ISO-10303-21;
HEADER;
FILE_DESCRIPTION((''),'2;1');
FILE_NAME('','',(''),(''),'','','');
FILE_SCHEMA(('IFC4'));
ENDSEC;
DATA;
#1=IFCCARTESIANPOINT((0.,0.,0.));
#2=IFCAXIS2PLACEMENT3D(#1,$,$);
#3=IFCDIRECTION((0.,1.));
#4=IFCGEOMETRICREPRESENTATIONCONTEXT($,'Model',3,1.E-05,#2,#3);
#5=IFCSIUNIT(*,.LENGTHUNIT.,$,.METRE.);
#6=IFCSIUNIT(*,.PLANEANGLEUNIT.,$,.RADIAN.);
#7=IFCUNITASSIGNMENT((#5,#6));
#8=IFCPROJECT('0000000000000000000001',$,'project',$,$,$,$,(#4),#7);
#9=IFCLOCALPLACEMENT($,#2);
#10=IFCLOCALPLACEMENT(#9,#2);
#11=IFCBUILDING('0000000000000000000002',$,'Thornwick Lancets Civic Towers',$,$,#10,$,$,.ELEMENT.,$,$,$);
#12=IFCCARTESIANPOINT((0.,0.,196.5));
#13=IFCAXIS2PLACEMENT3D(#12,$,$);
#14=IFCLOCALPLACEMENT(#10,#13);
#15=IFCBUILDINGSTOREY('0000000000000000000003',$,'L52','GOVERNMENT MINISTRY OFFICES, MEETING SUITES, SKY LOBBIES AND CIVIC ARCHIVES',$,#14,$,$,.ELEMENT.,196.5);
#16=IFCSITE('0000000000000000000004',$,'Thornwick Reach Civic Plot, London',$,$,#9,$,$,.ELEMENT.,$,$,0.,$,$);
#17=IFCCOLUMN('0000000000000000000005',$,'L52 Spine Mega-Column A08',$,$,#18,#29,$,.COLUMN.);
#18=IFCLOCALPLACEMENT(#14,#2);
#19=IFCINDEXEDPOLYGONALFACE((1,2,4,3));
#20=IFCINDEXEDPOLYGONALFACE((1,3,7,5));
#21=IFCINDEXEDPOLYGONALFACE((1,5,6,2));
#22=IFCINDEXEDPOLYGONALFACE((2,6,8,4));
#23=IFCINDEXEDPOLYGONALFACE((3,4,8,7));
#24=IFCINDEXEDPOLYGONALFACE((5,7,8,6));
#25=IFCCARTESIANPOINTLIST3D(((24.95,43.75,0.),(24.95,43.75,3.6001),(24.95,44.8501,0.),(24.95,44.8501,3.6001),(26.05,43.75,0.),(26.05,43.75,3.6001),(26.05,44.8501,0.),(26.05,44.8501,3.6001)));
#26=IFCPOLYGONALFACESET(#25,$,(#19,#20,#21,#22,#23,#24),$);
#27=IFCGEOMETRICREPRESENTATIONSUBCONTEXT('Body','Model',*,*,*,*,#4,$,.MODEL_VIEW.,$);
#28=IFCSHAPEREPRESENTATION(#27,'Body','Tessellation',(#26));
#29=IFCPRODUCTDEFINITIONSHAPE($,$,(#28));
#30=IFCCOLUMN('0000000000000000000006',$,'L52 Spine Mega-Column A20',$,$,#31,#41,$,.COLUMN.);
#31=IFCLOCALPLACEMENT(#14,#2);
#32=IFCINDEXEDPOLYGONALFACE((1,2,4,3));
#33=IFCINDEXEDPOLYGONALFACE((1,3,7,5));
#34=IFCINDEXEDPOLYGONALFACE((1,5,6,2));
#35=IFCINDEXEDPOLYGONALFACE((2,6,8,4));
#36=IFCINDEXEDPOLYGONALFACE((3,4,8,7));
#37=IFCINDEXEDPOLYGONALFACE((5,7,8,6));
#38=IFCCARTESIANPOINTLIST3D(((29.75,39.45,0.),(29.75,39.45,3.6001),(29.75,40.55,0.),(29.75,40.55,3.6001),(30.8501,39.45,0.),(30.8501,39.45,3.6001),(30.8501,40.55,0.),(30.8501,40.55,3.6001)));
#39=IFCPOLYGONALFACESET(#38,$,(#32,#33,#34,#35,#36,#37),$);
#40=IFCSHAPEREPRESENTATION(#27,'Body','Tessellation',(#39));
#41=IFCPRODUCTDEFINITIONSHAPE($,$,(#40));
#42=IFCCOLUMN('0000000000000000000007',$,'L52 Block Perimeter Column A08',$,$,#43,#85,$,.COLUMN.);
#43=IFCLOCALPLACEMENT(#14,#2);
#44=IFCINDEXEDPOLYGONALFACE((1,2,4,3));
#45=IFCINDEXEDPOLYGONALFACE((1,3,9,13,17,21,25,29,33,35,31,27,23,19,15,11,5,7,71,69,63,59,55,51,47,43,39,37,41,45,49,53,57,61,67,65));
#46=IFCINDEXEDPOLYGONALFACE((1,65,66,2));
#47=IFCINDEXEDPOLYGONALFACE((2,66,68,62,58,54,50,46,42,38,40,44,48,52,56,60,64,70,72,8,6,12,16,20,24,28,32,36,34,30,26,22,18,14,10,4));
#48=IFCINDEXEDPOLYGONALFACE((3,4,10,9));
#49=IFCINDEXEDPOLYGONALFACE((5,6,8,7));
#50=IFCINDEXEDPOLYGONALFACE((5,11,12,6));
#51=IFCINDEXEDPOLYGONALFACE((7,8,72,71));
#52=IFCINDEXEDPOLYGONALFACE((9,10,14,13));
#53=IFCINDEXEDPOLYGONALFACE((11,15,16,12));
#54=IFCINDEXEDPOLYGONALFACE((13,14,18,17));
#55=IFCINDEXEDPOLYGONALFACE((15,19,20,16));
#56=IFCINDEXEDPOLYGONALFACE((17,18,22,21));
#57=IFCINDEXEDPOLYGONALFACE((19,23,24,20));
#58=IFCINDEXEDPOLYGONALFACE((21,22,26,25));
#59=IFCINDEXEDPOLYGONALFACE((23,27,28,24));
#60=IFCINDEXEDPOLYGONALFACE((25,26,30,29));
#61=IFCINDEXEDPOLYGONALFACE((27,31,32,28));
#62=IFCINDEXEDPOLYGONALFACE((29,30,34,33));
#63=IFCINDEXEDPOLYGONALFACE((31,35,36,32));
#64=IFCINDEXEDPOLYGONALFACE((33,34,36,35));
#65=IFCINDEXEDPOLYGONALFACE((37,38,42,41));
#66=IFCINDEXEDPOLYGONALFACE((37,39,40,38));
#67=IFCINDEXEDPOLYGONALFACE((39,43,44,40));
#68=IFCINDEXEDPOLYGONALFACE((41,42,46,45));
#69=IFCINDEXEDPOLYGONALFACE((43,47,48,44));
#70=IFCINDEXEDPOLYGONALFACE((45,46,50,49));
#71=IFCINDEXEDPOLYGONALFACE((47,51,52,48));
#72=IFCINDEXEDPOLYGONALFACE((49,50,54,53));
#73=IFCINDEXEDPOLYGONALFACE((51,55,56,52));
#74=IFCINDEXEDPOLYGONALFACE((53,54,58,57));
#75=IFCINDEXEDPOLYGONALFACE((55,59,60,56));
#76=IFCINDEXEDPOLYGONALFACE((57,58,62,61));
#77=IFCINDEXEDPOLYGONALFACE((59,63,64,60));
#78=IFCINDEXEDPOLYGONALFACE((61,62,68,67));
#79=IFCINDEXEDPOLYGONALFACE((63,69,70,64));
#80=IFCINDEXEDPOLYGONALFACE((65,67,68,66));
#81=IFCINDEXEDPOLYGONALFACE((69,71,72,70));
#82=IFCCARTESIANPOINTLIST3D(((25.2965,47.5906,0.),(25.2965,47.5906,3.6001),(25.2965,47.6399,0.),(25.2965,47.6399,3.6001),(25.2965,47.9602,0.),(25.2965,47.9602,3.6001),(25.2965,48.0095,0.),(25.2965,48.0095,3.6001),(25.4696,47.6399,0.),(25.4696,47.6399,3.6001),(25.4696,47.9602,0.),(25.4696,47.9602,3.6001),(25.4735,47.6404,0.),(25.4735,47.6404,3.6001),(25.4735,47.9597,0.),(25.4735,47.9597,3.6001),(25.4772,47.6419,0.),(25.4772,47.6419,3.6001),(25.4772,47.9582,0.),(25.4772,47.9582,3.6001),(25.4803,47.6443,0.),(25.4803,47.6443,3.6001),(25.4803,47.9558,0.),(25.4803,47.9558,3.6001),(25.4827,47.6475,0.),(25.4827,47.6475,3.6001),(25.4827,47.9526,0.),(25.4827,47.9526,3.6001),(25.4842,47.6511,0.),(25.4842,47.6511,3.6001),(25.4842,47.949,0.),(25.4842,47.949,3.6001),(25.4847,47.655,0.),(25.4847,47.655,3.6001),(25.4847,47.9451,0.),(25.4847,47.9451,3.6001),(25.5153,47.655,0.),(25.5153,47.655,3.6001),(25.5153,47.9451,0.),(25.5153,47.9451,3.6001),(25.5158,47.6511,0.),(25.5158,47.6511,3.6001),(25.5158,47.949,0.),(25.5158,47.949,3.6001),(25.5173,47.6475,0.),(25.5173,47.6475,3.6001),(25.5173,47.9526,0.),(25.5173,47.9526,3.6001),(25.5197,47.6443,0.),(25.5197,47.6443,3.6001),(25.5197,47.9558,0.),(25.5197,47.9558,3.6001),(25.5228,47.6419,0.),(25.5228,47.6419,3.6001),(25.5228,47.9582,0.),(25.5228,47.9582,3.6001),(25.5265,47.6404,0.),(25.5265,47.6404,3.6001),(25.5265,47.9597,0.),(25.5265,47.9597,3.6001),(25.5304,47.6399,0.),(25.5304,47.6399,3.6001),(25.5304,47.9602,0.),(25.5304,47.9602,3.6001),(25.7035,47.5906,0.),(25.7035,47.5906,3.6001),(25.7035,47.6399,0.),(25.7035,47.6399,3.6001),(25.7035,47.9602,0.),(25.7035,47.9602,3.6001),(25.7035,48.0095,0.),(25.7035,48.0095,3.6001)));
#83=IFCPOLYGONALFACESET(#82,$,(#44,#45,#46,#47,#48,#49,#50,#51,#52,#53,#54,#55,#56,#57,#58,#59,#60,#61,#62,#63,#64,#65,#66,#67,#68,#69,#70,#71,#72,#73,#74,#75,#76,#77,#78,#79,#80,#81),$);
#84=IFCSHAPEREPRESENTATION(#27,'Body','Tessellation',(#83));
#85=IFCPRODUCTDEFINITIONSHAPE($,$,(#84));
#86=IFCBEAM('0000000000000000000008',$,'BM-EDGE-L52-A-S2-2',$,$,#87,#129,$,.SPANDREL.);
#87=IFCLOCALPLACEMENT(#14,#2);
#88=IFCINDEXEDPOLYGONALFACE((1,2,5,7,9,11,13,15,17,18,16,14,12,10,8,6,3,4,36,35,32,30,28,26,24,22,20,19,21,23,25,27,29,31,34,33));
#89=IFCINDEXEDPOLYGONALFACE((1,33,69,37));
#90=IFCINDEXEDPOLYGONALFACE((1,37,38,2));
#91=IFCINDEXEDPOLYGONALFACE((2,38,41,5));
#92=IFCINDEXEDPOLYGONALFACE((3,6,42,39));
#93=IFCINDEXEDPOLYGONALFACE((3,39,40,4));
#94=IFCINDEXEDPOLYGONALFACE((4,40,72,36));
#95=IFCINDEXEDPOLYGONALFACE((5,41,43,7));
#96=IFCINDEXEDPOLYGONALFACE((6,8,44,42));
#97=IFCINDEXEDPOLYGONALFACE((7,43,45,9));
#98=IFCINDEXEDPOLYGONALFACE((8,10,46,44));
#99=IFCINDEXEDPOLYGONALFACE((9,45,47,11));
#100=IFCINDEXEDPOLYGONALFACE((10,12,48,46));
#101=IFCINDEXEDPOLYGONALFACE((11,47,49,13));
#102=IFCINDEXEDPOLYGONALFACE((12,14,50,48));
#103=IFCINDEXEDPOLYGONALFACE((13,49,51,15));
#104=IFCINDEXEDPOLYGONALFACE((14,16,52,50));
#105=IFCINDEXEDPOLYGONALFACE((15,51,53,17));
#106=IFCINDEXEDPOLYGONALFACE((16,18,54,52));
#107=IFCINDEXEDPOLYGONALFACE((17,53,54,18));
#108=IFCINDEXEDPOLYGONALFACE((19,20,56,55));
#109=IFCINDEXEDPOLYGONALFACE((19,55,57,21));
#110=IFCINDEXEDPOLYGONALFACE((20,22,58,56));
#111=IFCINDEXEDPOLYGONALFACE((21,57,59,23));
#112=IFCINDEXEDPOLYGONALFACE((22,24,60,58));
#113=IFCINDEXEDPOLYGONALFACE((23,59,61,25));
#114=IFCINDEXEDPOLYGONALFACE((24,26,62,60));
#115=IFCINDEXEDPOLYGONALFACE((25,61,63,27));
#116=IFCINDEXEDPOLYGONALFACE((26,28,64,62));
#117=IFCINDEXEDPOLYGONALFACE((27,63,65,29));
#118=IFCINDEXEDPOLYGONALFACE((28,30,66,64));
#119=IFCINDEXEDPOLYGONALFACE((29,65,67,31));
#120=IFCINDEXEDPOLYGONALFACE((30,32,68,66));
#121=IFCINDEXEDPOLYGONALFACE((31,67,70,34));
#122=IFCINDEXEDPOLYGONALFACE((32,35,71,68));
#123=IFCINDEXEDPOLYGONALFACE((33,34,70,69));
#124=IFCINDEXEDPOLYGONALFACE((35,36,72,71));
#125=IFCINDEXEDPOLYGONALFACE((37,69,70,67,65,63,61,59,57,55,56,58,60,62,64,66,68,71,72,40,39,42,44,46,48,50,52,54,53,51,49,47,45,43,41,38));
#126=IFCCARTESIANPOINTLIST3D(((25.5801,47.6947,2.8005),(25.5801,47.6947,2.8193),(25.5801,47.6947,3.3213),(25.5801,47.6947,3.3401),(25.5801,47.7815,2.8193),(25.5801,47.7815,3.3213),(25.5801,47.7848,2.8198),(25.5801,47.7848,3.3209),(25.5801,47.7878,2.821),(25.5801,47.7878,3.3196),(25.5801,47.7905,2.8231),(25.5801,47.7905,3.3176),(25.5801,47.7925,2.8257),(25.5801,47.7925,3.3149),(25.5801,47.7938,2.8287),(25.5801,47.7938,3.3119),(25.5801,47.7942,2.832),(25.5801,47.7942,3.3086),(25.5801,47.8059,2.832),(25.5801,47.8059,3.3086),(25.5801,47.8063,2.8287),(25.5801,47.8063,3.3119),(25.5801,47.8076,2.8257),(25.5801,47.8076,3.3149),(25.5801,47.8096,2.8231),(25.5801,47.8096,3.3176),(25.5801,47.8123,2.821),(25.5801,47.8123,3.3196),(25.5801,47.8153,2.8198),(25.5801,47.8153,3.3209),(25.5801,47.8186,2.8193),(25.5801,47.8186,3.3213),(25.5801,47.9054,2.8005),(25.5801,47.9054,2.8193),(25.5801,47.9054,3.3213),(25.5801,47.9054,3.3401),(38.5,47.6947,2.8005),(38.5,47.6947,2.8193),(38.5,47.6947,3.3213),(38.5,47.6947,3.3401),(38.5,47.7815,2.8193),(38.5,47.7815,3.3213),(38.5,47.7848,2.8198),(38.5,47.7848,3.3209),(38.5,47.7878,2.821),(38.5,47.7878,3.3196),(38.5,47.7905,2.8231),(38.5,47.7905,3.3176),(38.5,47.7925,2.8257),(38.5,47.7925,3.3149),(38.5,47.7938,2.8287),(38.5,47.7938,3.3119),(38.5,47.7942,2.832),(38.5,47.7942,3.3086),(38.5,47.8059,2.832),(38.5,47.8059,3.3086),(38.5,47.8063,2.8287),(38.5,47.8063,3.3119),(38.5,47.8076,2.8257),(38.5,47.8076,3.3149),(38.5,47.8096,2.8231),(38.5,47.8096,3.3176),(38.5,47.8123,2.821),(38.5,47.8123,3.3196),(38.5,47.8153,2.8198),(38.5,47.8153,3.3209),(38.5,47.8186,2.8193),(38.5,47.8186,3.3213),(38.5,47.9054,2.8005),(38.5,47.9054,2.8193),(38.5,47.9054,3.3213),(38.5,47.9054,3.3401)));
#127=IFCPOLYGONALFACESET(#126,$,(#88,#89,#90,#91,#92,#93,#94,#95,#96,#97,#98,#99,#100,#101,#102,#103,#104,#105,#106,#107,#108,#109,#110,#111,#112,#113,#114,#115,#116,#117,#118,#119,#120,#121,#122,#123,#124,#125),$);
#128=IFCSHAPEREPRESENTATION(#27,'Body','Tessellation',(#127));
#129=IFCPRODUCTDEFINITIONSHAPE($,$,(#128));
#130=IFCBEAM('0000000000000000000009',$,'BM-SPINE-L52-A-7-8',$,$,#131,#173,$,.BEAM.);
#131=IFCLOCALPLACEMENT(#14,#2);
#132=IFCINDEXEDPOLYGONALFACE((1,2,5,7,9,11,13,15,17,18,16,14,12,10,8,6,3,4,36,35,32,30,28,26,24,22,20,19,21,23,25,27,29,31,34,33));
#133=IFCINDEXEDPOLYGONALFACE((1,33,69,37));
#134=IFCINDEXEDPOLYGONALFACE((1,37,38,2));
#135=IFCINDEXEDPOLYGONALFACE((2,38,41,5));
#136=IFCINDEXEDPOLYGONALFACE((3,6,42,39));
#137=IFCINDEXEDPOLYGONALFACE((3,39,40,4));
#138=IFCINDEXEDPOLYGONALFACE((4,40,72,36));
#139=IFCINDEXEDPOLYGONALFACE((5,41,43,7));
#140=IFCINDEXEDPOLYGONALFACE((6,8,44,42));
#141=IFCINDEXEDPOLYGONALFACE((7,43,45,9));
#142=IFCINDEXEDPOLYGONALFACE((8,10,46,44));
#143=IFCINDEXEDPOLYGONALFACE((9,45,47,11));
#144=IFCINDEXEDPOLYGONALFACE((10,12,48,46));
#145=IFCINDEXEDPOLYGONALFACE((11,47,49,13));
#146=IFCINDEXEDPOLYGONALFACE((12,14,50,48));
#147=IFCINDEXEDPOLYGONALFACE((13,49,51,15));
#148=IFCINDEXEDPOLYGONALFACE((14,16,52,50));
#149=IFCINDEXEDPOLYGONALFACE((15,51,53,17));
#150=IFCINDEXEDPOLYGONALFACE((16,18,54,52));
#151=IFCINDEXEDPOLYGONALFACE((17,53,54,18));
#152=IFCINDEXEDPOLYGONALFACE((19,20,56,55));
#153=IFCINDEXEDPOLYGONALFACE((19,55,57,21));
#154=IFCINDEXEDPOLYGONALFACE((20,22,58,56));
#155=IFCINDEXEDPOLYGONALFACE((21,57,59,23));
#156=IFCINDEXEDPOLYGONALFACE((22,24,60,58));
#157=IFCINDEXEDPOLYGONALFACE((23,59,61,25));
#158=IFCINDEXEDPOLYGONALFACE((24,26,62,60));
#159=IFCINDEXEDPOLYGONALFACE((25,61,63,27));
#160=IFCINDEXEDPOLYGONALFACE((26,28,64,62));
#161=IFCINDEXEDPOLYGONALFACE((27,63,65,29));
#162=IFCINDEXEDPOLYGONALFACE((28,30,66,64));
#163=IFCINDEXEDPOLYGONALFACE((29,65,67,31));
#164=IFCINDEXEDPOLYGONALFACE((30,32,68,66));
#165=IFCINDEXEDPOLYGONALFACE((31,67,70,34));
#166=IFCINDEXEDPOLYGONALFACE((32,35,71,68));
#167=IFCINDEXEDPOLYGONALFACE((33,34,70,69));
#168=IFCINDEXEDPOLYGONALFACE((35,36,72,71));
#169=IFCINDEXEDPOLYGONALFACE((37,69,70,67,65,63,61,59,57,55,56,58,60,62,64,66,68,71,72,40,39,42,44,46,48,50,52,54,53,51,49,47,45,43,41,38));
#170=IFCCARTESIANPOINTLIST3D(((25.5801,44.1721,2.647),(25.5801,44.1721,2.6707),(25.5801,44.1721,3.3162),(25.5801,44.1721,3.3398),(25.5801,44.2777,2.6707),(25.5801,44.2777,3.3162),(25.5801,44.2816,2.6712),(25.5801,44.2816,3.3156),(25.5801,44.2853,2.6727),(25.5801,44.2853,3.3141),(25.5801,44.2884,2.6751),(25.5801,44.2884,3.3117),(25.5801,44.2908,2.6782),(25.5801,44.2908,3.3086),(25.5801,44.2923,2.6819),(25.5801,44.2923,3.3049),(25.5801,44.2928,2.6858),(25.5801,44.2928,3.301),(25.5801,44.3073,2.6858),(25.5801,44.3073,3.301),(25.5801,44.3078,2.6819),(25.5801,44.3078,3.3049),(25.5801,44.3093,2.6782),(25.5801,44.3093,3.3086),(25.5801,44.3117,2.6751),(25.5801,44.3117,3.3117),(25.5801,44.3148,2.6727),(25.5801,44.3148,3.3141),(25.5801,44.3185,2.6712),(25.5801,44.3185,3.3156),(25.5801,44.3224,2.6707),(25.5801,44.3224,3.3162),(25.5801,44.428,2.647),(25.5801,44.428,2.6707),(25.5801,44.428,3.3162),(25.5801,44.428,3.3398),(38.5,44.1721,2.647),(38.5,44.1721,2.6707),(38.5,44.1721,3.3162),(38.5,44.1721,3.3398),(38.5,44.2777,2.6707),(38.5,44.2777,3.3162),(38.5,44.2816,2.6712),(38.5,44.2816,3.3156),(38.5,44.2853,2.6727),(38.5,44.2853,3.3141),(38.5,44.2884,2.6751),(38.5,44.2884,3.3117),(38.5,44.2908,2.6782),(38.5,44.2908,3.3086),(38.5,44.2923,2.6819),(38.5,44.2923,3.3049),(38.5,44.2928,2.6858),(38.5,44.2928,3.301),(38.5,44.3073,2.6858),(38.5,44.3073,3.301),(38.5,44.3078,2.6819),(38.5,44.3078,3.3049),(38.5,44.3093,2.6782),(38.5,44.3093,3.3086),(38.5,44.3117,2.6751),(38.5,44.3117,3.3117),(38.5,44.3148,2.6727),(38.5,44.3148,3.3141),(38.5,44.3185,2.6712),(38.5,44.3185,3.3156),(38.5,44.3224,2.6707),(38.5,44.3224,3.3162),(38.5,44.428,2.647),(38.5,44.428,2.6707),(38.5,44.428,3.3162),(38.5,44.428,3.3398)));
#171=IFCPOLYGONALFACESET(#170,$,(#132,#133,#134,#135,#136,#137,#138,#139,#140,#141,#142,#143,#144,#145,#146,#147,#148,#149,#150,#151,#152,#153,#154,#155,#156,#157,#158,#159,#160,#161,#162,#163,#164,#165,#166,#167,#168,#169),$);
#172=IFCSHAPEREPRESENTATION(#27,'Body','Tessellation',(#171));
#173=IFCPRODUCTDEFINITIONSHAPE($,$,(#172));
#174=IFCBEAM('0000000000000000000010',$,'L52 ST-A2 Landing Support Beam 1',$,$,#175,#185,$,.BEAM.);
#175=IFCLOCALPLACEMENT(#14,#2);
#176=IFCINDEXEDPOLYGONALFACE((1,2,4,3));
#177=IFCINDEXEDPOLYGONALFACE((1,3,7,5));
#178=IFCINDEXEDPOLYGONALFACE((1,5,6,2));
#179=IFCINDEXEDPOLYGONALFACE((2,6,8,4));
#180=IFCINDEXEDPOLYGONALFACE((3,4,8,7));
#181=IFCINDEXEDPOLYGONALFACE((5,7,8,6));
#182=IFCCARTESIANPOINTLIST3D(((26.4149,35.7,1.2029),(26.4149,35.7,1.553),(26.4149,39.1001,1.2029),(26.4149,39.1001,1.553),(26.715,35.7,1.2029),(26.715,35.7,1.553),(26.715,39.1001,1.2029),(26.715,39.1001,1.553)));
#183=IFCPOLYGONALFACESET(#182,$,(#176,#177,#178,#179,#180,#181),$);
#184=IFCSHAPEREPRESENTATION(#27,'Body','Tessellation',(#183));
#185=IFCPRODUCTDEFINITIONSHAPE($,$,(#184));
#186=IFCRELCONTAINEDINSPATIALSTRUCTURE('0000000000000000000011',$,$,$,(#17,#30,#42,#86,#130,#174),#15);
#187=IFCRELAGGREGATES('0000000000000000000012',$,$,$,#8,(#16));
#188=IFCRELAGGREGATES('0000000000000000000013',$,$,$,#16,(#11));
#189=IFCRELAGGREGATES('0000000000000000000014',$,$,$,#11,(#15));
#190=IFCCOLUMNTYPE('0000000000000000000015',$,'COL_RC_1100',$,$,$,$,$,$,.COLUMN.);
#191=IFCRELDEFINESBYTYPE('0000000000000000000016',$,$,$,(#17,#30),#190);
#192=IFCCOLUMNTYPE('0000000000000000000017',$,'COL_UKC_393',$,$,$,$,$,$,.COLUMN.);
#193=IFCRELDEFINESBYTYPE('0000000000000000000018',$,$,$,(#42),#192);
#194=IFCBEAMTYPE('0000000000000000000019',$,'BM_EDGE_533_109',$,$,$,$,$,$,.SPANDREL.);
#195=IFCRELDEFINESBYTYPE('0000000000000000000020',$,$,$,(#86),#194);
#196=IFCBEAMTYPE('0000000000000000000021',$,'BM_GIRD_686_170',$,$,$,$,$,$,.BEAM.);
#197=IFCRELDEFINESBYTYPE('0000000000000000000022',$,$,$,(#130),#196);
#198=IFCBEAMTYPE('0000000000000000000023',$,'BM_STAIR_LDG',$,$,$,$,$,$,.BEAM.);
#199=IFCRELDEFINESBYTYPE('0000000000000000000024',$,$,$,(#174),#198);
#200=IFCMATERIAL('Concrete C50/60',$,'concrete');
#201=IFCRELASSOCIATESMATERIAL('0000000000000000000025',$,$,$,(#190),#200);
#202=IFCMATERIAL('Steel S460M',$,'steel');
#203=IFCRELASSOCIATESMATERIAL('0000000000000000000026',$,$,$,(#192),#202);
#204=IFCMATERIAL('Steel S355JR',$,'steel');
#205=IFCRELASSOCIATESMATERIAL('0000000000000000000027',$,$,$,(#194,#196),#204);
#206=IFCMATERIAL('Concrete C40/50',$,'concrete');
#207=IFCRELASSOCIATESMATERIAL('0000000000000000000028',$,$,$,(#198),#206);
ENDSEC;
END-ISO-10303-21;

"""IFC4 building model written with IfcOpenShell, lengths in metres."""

from ifc_helpers import new_model, si_unit, direction, frame, origin, origin_2d, place, context, subcontext, project, spatial, rectangle, i_section, extrude, material, material_profile, profile_set, type_object, element, save


model = new_model("IFC4")

# Units and contexts
model_context = context("Model", 3, precision=1e-05, world=origin(), true_north=direction((0.0, 1.0)))
body_context = subcontext(model_context, "Body", "Model", "MODEL_VIEW")
ifc_project = project(units=[si_unit("LENGTHUNIT", "METRE"), si_unit("PLANEANGLEUNIT", "RADIAN")], contexts=[model_context])

# Site, building, storey
site_placement = place(None, origin())
site = spatial("IfcSite", under=ifc_project, at=site_placement, Name="Thornwick Reach Civic Plot, London", CompositionType="ELEMENT", RefElevation=0.0)
building_placement = place(site_placement, origin())
building = spatial("IfcBuilding", under=site, at=building_placement, Name="Thornwick Lancets Civic Towers", CompositionType="ELEMENT")
storey_placement = place(building_placement, frame((0.0, 0.0, 196.5)))
storey = spatial("IfcBuildingStorey", under=building, at=storey_placement, Name="L52", Description="GOVERNMENT MINISTRY OFFICES, MEETING SUITES, SKY LOBBIES AND CIVIC ARCHIVES", CompositionType="ELEMENT", Elevation=196.5)

# Columns
ifc_material_1 = material(Name="Concrete C50/60", Category="concrete")
ifc_material_profile_1 = material_profile(ifc_material_1, rectangle(XDim=1.1001, YDim=1.1001, at=origin_2d()), Name="RC 1100x1100")
ifc_profile_set_1 = profile_set([ifc_material_profile_1], Name="Concrete C50/60")
column_type_1 = type_object("IfcColumnType", Name="COL_RC_1100", PredefinedType="COLUMN", material=ifc_profile_set_1)
for number, where, z_axis, x_axis, name in (
    (1, (25.5, 44.3, 0.0), (0.0, 0.0, 1.0), (1.0, 0.0, 0.0), "L52 Spine Mega-Column A08"),
    (2, (30.3, 40.0, 0.0), (0.0, 0.0, 1.0), (1.0, 0.0, 0.0), "L52 Spine Mega-Column A20"),
):
    element("IfcColumn", number, at=place(storey_placement, frame(where, z_axis=z_axis, x_axis=x_axis)), inside=storey, type_object=column_type_1, Name=name, PredefinedType="COLUMN", context=body_context, shape_type="SweptSolid", body=[
        extrude(rectangle(XDim=1.1001, YDim=1.1001, at=origin_2d()), origin(), (0.0, 0.0, 1.0), 3.6001),
    ])
ifc_material_2 = material(Name="Steel S460M", Category="steel")
ifc_material_profile_2 = material_profile(ifc_material_2, i_section(OverallWidth=0.407, OverallDepth=0.4189, WebThickness=0.0305, FlangeThickness=0.0493, FilletRadius=0.0151, at=origin_2d()), Name="UKC 356x406x393")
ifc_profile_set_2 = profile_set([ifc_material_profile_2], Name="Steel S460M")
column_type_2 = type_object("IfcColumnType", Name="COL_UKC_393", PredefinedType="COLUMN", material=ifc_profile_set_2)
column_placement = place(storey_placement, frame((25.5, 47.8, 0.0), z_axis=(0.0, 0.0, 1.0), x_axis=(1.0, 0.0, 0.0)))
element("IfcColumn", 3, at=column_placement, inside=storey, type_object=column_type_2, Name="L52 Block Perimeter Column A08", PredefinedType="COLUMN", context=body_context, shape_type="SweptSolid", body=[
    extrude(i_section(OverallWidth=0.407, OverallDepth=0.4189, WebThickness=0.0305, FlangeThickness=0.0493, FilletRadius=0.0151, at=origin_2d()), origin(), (0.0, 0.0, 1.0), 3.6001),
])

# Beams
ifc_material_3 = material(Name="Steel S355JR", Category="steel")
ifc_material_profile_3 = material_profile(ifc_material_3, i_section(OverallWidth=0.2107, OverallDepth=0.5396, WebThickness=0.0117, FlangeThickness=0.0188, FilletRadius=0.0127, at=origin_2d()), Name="UKB 533x210x109")
ifc_profile_set_3 = profile_set([ifc_material_profile_3], Name="Steel S355JR")
beam_type_1 = type_object("IfcBeamType", Name="BM_EDGE_533_109", PredefinedType="SPANDREL", material=ifc_profile_set_3)
beam_1_placement = place(storey_placement, frame((25.5801, 47.8, 3.0703), z_axis=(1.0, 0.0, 0.0), x_axis=(0.0, 1.0, 0.0)))
element("IfcBeam", 4, at=beam_1_placement, inside=storey, type_object=beam_type_1, Name="BM-EDGE-L52-A-S2-2", PredefinedType="SPANDREL", context=body_context, shape_type="SweptSolid", body=[
    extrude(i_section(OverallWidth=0.2107, OverallDepth=0.5396, WebThickness=0.0117, FlangeThickness=0.0188, FilletRadius=0.0127, at=origin_2d()), origin(), (0.0, 0.0, 1.0), 12.9199),
])
ifc_material_profile_4 = material_profile(ifc_material_3, i_section(OverallWidth=0.2559, OverallDepth=0.6929, WebThickness=0.0144, FlangeThickness=0.0237, FilletRadius=0.0151, at=origin_2d()), Name="UKB 686x254x170")
ifc_profile_set_4 = profile_set([ifc_material_profile_4], Name="Steel S355JR")
beam_type_2 = type_object("IfcBeamType", Name="BM_GIRD_686_170", PredefinedType="BEAM", material=ifc_profile_set_4)
beam_2_placement = place(storey_placement, frame((25.5801, 44.3, 2.9934), z_axis=(1.0, 0.0, 0.0), x_axis=(0.0, 1.0, 0.0)))
element("IfcBeam", 5, at=beam_2_placement, inside=storey, type_object=beam_type_2, Name="BM-SPINE-L52-A-7-8", PredefinedType="BEAM", context=body_context, shape_type="SweptSolid", body=[
    extrude(i_section(OverallWidth=0.2559, OverallDepth=0.6929, WebThickness=0.0144, FlangeThickness=0.0237, FilletRadius=0.0151, at=origin_2d()), origin(), (0.0, 0.0, 1.0), 12.9199),
])
ifc_material_4 = material(Name="Concrete C40/50", Category="concrete")
ifc_material_profile_5 = material_profile(ifc_material_4, rectangle(XDim=0.3, YDim=0.3501, at=origin_2d()), Name="RC 300x350")
ifc_profile_set_5 = profile_set([ifc_material_profile_5], Name="Concrete C40/50")
beam_type_3 = type_object("IfcBeamType", Name="BM_STAIR_LDG", PredefinedType="BEAM", material=ifc_profile_set_5)
beam_3_placement = place(storey_placement, frame((26.5649, 39.1001, 1.3779), z_axis=(0.0, -1.0, 0.0), x_axis=(1.0, 0.0, 0.0)))
element("IfcBeam", 6, at=beam_3_placement, inside=storey, type_object=beam_type_3, Name="L52 ST-A2 Landing Support Beam 1", PredefinedType="BEAM", context=body_context, shape_type="SweptSolid", body=[
    extrude(rectangle(XDim=0.3, YDim=0.3501, at=origin_2d()), origin(), (0.0, 0.0, 1.0), 3.4001),
])

save(model, "model.ifc")
